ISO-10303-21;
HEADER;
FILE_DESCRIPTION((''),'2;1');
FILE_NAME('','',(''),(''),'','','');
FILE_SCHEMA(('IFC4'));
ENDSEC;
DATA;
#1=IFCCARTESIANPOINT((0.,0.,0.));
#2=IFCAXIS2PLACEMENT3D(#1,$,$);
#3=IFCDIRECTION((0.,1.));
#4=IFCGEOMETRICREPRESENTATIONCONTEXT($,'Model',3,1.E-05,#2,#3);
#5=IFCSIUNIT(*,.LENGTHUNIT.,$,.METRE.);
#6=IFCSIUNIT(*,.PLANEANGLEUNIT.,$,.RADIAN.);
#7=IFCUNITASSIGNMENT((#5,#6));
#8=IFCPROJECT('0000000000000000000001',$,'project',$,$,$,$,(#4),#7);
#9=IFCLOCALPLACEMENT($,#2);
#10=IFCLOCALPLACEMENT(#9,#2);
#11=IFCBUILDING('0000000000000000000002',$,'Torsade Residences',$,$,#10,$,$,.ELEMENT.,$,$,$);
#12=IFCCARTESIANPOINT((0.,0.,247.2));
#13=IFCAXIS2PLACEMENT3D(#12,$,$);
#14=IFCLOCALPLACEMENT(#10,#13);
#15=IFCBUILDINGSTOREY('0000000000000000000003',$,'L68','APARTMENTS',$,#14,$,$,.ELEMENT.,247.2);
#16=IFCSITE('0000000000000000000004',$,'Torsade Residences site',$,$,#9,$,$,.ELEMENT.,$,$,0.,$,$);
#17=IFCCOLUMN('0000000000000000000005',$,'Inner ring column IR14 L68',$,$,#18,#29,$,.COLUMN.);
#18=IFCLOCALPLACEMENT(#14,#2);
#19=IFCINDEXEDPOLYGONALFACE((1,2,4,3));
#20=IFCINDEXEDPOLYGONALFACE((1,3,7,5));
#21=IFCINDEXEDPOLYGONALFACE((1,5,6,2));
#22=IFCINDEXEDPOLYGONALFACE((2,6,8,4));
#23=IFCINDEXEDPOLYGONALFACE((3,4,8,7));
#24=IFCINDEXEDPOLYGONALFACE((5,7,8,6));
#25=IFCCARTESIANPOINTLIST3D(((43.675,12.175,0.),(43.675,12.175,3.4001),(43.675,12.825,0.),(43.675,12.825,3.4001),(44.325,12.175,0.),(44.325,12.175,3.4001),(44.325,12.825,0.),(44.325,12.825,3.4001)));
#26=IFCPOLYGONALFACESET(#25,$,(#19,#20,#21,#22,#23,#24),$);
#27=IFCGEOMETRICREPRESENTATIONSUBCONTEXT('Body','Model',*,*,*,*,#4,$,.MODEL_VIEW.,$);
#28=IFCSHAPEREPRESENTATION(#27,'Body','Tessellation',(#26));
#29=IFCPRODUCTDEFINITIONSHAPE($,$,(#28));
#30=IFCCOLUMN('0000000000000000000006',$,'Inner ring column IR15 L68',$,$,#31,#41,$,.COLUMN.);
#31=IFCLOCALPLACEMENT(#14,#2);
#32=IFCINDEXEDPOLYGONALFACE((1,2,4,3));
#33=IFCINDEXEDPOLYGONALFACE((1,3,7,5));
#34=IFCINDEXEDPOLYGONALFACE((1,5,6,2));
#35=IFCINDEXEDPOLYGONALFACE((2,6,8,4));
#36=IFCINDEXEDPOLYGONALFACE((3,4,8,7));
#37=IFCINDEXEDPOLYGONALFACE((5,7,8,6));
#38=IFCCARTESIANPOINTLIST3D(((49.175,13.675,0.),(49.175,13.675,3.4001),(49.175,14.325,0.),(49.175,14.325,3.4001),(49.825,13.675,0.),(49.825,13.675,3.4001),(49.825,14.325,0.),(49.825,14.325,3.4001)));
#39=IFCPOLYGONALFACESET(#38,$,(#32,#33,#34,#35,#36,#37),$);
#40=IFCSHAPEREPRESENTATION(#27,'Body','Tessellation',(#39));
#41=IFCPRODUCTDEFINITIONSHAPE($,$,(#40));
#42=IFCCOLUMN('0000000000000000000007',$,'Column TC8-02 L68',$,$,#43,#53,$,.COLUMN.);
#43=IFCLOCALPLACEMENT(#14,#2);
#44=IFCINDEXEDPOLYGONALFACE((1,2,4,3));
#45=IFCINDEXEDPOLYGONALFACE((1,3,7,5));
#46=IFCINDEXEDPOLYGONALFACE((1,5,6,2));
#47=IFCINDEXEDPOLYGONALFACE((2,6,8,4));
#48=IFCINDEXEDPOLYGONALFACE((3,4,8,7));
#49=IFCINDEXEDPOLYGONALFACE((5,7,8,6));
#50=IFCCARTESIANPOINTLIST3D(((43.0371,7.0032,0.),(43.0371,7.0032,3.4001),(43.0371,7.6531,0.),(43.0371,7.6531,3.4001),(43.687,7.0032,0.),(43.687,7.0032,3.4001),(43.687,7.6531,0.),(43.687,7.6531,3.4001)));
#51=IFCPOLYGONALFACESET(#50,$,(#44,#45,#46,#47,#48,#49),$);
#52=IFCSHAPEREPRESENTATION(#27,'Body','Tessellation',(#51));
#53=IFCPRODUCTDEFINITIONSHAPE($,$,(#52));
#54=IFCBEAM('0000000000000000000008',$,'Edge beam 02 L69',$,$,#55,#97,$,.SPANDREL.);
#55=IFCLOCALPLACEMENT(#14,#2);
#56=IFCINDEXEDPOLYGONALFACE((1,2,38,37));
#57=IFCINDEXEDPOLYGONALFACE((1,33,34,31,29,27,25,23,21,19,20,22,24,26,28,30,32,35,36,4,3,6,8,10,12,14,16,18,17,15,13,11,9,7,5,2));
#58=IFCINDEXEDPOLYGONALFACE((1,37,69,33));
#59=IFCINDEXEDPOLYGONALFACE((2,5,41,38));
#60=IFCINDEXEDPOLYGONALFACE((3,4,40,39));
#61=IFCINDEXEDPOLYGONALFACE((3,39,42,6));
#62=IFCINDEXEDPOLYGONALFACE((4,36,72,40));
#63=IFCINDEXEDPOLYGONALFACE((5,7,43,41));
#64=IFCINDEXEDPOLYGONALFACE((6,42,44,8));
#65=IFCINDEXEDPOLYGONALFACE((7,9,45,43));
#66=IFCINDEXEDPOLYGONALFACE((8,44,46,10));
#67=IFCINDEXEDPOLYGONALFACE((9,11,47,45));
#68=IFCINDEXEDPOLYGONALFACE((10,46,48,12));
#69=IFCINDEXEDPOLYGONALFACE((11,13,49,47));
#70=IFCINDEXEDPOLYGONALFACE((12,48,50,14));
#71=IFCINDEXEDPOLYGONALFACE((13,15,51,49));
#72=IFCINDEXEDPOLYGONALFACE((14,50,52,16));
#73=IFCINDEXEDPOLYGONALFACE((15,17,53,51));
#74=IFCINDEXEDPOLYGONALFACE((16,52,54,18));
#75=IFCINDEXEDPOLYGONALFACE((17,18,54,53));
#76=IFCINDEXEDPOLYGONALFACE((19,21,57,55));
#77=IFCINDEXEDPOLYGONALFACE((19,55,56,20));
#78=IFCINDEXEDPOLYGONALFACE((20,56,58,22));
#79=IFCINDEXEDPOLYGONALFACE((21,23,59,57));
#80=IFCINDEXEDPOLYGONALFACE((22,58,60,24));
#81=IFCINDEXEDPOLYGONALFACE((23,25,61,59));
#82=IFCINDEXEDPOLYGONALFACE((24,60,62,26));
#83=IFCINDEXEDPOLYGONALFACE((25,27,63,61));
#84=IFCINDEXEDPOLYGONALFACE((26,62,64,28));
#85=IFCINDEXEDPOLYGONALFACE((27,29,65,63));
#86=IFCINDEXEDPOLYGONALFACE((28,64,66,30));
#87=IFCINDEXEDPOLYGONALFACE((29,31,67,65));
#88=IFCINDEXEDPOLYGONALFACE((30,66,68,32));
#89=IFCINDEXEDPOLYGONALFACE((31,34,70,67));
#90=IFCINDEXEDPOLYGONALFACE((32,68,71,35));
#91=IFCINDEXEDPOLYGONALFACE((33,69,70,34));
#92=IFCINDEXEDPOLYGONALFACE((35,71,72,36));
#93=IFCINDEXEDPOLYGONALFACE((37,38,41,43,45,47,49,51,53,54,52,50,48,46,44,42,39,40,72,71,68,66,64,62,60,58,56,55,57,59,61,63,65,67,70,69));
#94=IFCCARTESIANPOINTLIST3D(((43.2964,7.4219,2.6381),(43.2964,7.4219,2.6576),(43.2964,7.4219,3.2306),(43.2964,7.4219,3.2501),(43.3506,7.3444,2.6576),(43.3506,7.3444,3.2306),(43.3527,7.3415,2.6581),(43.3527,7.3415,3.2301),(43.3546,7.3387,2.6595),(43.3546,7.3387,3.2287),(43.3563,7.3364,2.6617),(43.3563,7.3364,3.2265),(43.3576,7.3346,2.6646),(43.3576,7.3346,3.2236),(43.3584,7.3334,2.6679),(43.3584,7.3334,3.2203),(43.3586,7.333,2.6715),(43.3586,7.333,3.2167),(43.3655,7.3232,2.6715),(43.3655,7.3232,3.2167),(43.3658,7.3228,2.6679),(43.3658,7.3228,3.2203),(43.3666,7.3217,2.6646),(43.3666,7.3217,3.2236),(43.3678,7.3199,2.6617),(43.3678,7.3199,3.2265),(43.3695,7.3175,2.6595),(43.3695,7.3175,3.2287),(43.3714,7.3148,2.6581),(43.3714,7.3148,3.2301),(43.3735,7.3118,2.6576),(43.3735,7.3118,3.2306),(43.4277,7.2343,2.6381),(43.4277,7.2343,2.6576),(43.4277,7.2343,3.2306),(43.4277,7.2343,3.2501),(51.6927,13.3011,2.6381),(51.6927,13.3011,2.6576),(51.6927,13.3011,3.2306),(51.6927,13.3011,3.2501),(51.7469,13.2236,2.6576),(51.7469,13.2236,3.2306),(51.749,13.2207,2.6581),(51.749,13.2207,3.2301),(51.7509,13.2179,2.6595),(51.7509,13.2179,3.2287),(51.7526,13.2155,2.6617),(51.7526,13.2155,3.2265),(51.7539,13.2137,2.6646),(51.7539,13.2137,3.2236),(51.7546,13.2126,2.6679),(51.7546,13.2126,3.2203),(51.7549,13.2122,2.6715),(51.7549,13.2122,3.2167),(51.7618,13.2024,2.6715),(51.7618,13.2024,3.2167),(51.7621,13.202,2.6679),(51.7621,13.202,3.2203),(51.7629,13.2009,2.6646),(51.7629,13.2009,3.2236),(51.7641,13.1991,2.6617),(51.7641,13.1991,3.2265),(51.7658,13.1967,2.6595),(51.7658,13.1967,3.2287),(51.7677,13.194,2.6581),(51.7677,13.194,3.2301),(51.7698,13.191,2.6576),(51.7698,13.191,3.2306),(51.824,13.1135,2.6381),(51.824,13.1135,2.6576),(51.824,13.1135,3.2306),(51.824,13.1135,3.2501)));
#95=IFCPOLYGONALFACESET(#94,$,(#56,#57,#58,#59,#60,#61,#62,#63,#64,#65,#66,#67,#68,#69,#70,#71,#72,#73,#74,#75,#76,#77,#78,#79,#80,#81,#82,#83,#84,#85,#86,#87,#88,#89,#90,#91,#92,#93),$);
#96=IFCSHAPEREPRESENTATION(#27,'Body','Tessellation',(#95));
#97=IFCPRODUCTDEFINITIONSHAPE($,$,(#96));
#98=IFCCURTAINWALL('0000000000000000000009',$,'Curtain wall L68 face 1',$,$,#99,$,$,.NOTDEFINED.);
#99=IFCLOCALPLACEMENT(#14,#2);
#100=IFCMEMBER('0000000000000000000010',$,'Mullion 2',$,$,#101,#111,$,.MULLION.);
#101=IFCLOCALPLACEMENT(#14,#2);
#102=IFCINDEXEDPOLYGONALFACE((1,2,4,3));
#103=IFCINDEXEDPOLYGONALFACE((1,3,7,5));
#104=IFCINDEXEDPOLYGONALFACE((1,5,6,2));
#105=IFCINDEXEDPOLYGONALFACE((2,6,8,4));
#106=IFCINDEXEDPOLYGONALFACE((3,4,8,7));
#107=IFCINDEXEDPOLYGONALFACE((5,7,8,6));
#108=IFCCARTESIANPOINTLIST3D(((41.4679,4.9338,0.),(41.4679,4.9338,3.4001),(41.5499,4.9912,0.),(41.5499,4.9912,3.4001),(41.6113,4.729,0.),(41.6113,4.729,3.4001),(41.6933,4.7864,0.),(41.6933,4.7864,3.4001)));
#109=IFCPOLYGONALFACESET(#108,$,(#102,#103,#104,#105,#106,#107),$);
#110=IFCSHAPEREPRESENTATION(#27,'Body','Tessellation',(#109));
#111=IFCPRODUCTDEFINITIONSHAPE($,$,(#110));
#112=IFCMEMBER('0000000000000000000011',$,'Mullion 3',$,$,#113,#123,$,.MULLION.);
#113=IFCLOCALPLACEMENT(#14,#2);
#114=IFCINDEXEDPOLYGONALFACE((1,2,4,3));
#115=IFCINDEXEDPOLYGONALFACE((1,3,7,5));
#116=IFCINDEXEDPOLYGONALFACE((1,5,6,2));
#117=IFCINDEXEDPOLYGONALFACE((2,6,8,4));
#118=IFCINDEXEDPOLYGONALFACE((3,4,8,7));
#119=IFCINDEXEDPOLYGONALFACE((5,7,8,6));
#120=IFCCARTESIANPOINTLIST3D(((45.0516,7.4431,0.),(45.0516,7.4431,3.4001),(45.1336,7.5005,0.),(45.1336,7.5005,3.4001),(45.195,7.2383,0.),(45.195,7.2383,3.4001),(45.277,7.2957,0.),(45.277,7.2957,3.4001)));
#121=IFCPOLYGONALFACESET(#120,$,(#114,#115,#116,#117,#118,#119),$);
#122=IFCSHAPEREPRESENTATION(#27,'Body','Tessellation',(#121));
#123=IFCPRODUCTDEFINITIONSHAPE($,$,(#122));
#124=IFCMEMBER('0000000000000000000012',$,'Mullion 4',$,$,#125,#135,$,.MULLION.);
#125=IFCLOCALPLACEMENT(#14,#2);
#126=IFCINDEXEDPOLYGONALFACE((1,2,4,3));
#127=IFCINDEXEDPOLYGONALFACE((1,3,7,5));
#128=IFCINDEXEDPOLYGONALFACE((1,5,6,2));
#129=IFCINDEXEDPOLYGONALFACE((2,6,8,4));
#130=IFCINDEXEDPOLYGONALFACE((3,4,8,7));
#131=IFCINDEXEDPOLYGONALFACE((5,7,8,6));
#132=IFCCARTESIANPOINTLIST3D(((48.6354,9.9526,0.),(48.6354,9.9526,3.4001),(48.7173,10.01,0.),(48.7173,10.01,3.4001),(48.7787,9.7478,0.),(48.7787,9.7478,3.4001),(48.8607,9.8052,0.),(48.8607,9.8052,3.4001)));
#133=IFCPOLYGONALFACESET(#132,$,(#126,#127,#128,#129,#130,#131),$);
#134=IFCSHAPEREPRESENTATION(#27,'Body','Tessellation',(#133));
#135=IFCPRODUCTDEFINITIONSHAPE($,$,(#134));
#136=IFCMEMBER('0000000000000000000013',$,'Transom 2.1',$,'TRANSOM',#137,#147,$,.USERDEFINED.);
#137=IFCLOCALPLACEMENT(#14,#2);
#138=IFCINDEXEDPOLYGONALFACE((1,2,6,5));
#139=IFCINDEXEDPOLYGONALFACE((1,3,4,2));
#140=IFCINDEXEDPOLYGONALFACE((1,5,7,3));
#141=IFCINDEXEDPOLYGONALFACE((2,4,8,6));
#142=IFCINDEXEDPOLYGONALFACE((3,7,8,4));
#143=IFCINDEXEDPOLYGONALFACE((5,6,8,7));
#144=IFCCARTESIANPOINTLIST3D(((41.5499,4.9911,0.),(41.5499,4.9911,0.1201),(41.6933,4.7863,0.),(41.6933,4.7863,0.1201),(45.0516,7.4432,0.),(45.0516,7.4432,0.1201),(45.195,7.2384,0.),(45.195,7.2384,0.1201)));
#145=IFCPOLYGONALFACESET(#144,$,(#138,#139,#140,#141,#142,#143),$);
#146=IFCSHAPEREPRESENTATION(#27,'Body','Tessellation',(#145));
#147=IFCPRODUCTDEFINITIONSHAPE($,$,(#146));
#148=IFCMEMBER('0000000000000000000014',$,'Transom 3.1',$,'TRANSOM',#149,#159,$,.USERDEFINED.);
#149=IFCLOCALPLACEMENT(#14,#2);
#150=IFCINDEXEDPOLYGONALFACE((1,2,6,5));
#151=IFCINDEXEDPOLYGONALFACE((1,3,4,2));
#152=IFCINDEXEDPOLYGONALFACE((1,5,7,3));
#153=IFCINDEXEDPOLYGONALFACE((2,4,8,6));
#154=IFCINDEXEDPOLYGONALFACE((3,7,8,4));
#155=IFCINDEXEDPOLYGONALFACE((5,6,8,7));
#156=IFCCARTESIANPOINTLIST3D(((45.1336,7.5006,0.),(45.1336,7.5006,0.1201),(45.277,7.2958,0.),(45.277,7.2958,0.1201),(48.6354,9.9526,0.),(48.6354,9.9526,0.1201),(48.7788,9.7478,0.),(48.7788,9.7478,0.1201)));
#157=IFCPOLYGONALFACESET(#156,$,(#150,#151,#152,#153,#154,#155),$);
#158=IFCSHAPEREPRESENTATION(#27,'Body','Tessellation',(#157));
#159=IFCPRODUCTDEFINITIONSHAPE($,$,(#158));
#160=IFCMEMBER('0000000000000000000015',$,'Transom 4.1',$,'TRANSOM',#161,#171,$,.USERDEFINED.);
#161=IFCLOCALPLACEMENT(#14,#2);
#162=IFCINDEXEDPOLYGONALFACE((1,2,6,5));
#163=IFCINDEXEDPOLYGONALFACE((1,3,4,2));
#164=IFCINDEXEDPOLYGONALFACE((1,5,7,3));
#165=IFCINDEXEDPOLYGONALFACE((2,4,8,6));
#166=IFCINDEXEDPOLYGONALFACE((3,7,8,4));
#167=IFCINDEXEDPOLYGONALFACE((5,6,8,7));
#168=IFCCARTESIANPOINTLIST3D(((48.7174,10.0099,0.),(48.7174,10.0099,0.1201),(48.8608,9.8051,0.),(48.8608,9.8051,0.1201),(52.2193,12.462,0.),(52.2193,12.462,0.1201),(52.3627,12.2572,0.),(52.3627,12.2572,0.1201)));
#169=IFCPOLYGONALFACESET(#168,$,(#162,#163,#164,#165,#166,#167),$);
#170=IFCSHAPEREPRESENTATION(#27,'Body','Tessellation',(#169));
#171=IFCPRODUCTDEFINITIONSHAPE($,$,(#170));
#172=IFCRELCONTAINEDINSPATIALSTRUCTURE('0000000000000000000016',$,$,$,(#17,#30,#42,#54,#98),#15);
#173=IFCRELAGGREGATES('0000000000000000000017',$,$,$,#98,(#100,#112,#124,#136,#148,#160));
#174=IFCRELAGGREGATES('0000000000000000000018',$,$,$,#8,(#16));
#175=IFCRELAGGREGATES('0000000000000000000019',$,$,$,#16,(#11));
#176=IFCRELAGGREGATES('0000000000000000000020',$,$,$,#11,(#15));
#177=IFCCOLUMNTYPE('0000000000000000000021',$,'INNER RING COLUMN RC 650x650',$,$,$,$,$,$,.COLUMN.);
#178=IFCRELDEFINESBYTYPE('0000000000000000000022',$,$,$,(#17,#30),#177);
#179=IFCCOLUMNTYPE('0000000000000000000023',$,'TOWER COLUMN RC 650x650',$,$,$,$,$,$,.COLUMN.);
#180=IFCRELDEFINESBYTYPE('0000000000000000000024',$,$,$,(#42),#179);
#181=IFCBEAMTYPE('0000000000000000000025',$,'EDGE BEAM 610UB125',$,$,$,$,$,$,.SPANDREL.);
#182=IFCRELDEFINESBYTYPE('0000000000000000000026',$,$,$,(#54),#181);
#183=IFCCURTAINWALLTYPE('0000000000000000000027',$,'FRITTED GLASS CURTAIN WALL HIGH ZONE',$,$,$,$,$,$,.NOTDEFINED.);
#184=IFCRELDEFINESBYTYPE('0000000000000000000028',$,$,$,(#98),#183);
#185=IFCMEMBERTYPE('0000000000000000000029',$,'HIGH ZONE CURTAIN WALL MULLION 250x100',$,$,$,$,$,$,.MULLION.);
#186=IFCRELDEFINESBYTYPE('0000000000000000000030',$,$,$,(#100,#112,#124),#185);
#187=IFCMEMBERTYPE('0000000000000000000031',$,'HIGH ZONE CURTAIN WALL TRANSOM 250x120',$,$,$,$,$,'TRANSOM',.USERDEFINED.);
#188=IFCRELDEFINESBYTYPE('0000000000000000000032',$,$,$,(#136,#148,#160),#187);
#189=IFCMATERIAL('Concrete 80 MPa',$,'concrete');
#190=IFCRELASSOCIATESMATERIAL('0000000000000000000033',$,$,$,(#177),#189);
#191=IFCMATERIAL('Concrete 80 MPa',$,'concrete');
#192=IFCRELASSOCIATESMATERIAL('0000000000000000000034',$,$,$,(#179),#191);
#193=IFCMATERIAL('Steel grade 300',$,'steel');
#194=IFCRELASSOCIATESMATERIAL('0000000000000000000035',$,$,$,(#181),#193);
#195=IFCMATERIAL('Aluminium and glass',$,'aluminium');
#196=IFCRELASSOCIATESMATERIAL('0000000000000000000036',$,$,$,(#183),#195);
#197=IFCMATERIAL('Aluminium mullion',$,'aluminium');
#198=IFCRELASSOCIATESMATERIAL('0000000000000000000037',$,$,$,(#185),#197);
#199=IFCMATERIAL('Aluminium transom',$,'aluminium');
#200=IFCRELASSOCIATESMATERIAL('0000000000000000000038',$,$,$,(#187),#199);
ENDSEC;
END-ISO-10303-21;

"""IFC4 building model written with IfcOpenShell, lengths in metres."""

from ifc_helpers import new_model, si_unit, direction, frame, origin, origin_2d, place, context, subcontext, project, spatial, rectangle, i_section, extrude, material, material_profile, profile_set, type_object, element, aggregate, save


model = new_model("IFC4")

# Units and contexts
model_context = context("Model", 3, precision=1e-05, world=origin(), true_north=direction((0.0, 1.0)))
body_context = subcontext(model_context, "Body", "Model", "MODEL_VIEW")
ifc_project = project(units=[si_unit("LENGTHUNIT", "METRE"), si_unit("PLANEANGLEUNIT", "RADIAN")], contexts=[model_context])

# Site, building, storey
site_placement = place(None, origin())
site = spatial("IfcSite", under=ifc_project, at=site_placement, Name="Torsade Residences site", CompositionType="ELEMENT", RefElevation=0.0)
building_placement = place(site_placement, origin())
building = spatial("IfcBuilding", under=site, at=building_placement, Name="Torsade Residences", CompositionType="ELEMENT")
storey_placement = place(building_placement, frame((0.0, 0.0, 247.2)))
storey = spatial("IfcBuildingStorey", under=building, at=storey_placement, Name="L68", Description="APARTMENTS", CompositionType="ELEMENT", Elevation=247.2)

# Columns
ifc_material_1 = material(Name="Concrete 80 MPa", Category="concrete")
ifc_material_profile_1 = material_profile(ifc_material_1, rectangle(XDim=0.6499, YDim=0.6499, at=origin_2d()), Name="RC 650x650")
ifc_profile_set_1 = profile_set([ifc_material_profile_1], Name="Concrete 80 MPa")
column_type_1 = type_object("IfcColumnType", Name="INNER RING COLUMN RC 650x650", PredefinedType="COLUMN", material=ifc_profile_set_1)
for number, where, z_axis, x_axis, name in (
    (1, (44.0, 12.5, 0.0), (0.0, 0.0, 1.0), (1.0, 0.0, 0.0), "Inner ring column IR14 L68"),
    (2, (49.5, 14.0, 0.0), (0.0, 0.0, 1.0), (1.0, 0.0, 0.0), "Inner ring column IR15 L68"),
):
    element("IfcColumn", number, at=place(storey_placement, frame(where, z_axis=z_axis, x_axis=x_axis)), inside=storey, type_object=column_type_1, Name=name, PredefinedType="COLUMN", context=body_context, shape_type="SweptSolid", body=[
        extrude(rectangle(XDim=0.6499, YDim=0.6499, at=origin_2d()), origin(), (0.0, 0.0, 1.0), 3.4001),
    ])
ifc_material_2 = material(Name="Concrete 80 MPa", Category="concrete")
ifc_material_profile_2 = material_profile(ifc_material_2, rectangle(XDim=0.6499, YDim=0.6499, at=origin_2d()), Name="RC 650x650")
ifc_profile_set_2 = profile_set([ifc_material_profile_2], Name="Concrete 80 MPa")
column_type_2 = type_object("IfcColumnType", Name="TOWER COLUMN RC 650x650", PredefinedType="COLUMN", material=ifc_profile_set_2)
column_placement = place(storey_placement, frame((43.3621, 7.3281, 0.0), z_axis=(0.0, 0.0, 1.0), x_axis=(1.0, 0.0, 0.0)))
element("IfcColumn", 3, at=column_placement, inside=storey, type_object=column_type_2, Name="Column TC8-02 L68", PredefinedType="COLUMN", context=body_context, shape_type="SweptSolid", body=[
    extrude(rectangle(XDim=0.6499, YDim=0.6499, at=origin_2d()), origin(), (0.0, 0.0, 1.0), 3.4001),
])

# Beam
ifc_material_3 = material(Name="Steel grade 300", Category="steel")
ifc_material_profile_3 = material_profile(ifc_material_3, i_section(OverallWidth=0.229, OverallDepth=0.6121, WebThickness=0.012, FlangeThickness=0.0195, FilletRadius=0.0139, at=origin_2d()), Name="610UB125")
ifc_profile_set_3 = profile_set([ifc_material_profile_3], Name="Steel grade 300")
beam_type_1 = type_object("IfcBeamType", Name="EDGE BEAM 610UB125", PredefinedType="SPANDREL", material=ifc_profile_set_3)
beam_1_placement = place(storey_placement, frame((43.3621, 7.3281, 2.9441), z_axis=(0.81915, 0.573579, 0.0), x_axis=(-0.573579, 0.81915, 0.0)))
element("IfcBeam", 4, at=beam_1_placement, inside=storey, type_object=beam_type_1, Name="Edge beam 02 L69", PredefinedType="SPANDREL", context=body_context, shape_type="SweptSolid", body=[
    extrude(i_section(OverallWidth=0.229, OverallDepth=0.6121, WebThickness=0.012, FlangeThickness=0.0195, FilletRadius=0.0139, at=origin_2d()), origin(), (0.0, 0.0, 1.0), 10.25),
])

# Curtain wall, members
ifc_material_4 = material(Name="Aluminium and glass", Category="aluminium")
curtain_wall_type = type_object("IfcCurtainWallType", Name="FRITTED GLASS CURTAIN WALL HIGH ZONE", PredefinedType="NOTDEFINED", material=ifc_material_4)
curtain_wall_placement = place(storey_placement, origin())
curtain_wall = element("IfcCurtainWall", 5, at=curtain_wall_placement, inside=storey, type_object=curtain_wall_type, Name="Curtain wall L68 face 1", PredefinedType="NOTDEFINED")
ifc_material_5 = material(Name="Aluminium mullion", Category="aluminium")
ifc_material_profile_4 = material_profile(ifc_material_5, rectangle(XDim=0.25, YDim=0.1001, at=origin_2d()), Name="HIGH ZONE CURTAIN WALL MULLION 250x100")
ifc_profile_set_4 = profile_set([ifc_material_profile_4], Name="Aluminium mullion")
member_type_1 = type_object("IfcMemberType", Name="HIGH ZONE CURTAIN WALL MULLION 250x100", PredefinedType="MULLION", material=ifc_profile_set_4)
member_1_placement = place(storey_placement, frame((41.5806, 4.8601, 0.0), z_axis=(0.0, 0.0, 1.0), x_axis=(-0.573576, 0.819152, 0.0)))
member_1 = element("IfcMember", 6, at=member_1_placement, type_object=member_type_1, Name="Mullion 2", PredefinedType="MULLION", context=body_context, shape_type="SweptSolid", body=[
    extrude(rectangle(XDim=0.25, YDim=0.1001, at=origin_2d()), origin(), (0.0, 0.0, 1.0), 3.4001),
])
member_2_placement = place(storey_placement, frame((45.1643, 7.3694, 0.0), z_axis=(0.0, 0.0, 1.0), x_axis=(-0.573576, 0.819152, 0.0)))
member_2 = element("IfcMember", 7, at=member_2_placement, type_object=member_type_1, Name="Mullion 3", PredefinedType="MULLION", context=body_context, shape_type="SweptSolid", body=[
    extrude(rectangle(XDim=0.25, YDim=0.1001, at=origin_2d()), origin(), (0.0, 0.0, 1.0), 3.4001),
])
member_3_placement = place(storey_placement, frame((48.748, 9.8789, 0.0), z_axis=(0.0, 0.0, 1.0), x_axis=(-0.573576, 0.819152, 0.0)))
member_3 = element("IfcMember", 8, at=member_3_placement, type_object=member_type_1, Name="Mullion 4", PredefinedType="MULLION", context=body_context, shape_type="SweptSolid", body=[
    extrude(rectangle(XDim=0.25, YDim=0.1001, at=origin_2d()), origin(), (0.0, 0.0, 1.0), 3.4001),
])
ifc_material_6 = material(Name="Aluminium transom", Category="aluminium")
ifc_material_profile_5 = material_profile(ifc_material_6, rectangle(XDim=0.25, YDim=0.1201, at=origin_2d()), Name="HIGH ZONE CURTAIN WALL TRANSOM 250x120")
ifc_profile_set_5 = profile_set([ifc_material_profile_5], Name="Aluminium transom")
member_type_2 = type_object("IfcMemberType", Name="HIGH ZONE CURTAIN WALL TRANSOM 250x120", ElementType="TRANSOM", PredefinedType="USERDEFINED", material=ifc_profile_set_5)
member_4_placement = place(storey_placement, frame((41.6216, 4.8887, 0.0601), z_axis=(0.819127, 0.573612, 0.0), x_axis=(-0.573612, 0.819127, 0.0)))
member_4 = element("IfcMember", 9, at=member_4_placement, type_object=member_type_2, Name="Transom 2.1", ObjectType="TRANSOM", PredefinedType="USERDEFINED", context=body_context, shape_type="SweptSolid", body=[
    extrude(rectangle(XDim=0.25, YDim=0.1201, at=origin_2d()), origin(), (0.0, 0.0, 1.0), 4.2749),
])
member_5_placement = place(storey_placement, frame((45.2053, 7.3982, 0.0601), z_axis=(0.819154, 0.573573, 0.0), x_axis=(-0.573573, 0.819154, 0.0)))
member_5 = element("IfcMember", 10, at=member_5_placement, type_object=member_type_2, Name="Transom 3.1", ObjectType="TRANSOM", PredefinedType="USERDEFINED", context=body_context, shape_type="SweptSolid", body=[
    extrude(rectangle(XDim=0.25, YDim=0.1201, at=origin_2d()), origin(), (0.0, 0.0, 1.0), 4.2749),
])
member_6_placement = place(storey_placement, frame((48.7891, 9.9075, 0.0601), z_axis=(0.819146, 0.573585, 0.0), x_axis=(-0.573585, 0.819146, 0.0)))
member_6 = element("IfcMember", 11, at=member_6_placement, type_object=member_type_2, Name="Transom 4.1", ObjectType="TRANSOM", PredefinedType="USERDEFINED", context=body_context, shape_type="SweptSolid", body=[
    extrude(rectangle(XDim=0.25, YDim=0.1201, at=origin_2d()), origin(), (0.0, 0.0, 1.0), 4.2751),
])

aggregate(curtain_wall, [member_1, member_2, member_3, member_4, member_5, member_6])

save(model, "model.ifc")
